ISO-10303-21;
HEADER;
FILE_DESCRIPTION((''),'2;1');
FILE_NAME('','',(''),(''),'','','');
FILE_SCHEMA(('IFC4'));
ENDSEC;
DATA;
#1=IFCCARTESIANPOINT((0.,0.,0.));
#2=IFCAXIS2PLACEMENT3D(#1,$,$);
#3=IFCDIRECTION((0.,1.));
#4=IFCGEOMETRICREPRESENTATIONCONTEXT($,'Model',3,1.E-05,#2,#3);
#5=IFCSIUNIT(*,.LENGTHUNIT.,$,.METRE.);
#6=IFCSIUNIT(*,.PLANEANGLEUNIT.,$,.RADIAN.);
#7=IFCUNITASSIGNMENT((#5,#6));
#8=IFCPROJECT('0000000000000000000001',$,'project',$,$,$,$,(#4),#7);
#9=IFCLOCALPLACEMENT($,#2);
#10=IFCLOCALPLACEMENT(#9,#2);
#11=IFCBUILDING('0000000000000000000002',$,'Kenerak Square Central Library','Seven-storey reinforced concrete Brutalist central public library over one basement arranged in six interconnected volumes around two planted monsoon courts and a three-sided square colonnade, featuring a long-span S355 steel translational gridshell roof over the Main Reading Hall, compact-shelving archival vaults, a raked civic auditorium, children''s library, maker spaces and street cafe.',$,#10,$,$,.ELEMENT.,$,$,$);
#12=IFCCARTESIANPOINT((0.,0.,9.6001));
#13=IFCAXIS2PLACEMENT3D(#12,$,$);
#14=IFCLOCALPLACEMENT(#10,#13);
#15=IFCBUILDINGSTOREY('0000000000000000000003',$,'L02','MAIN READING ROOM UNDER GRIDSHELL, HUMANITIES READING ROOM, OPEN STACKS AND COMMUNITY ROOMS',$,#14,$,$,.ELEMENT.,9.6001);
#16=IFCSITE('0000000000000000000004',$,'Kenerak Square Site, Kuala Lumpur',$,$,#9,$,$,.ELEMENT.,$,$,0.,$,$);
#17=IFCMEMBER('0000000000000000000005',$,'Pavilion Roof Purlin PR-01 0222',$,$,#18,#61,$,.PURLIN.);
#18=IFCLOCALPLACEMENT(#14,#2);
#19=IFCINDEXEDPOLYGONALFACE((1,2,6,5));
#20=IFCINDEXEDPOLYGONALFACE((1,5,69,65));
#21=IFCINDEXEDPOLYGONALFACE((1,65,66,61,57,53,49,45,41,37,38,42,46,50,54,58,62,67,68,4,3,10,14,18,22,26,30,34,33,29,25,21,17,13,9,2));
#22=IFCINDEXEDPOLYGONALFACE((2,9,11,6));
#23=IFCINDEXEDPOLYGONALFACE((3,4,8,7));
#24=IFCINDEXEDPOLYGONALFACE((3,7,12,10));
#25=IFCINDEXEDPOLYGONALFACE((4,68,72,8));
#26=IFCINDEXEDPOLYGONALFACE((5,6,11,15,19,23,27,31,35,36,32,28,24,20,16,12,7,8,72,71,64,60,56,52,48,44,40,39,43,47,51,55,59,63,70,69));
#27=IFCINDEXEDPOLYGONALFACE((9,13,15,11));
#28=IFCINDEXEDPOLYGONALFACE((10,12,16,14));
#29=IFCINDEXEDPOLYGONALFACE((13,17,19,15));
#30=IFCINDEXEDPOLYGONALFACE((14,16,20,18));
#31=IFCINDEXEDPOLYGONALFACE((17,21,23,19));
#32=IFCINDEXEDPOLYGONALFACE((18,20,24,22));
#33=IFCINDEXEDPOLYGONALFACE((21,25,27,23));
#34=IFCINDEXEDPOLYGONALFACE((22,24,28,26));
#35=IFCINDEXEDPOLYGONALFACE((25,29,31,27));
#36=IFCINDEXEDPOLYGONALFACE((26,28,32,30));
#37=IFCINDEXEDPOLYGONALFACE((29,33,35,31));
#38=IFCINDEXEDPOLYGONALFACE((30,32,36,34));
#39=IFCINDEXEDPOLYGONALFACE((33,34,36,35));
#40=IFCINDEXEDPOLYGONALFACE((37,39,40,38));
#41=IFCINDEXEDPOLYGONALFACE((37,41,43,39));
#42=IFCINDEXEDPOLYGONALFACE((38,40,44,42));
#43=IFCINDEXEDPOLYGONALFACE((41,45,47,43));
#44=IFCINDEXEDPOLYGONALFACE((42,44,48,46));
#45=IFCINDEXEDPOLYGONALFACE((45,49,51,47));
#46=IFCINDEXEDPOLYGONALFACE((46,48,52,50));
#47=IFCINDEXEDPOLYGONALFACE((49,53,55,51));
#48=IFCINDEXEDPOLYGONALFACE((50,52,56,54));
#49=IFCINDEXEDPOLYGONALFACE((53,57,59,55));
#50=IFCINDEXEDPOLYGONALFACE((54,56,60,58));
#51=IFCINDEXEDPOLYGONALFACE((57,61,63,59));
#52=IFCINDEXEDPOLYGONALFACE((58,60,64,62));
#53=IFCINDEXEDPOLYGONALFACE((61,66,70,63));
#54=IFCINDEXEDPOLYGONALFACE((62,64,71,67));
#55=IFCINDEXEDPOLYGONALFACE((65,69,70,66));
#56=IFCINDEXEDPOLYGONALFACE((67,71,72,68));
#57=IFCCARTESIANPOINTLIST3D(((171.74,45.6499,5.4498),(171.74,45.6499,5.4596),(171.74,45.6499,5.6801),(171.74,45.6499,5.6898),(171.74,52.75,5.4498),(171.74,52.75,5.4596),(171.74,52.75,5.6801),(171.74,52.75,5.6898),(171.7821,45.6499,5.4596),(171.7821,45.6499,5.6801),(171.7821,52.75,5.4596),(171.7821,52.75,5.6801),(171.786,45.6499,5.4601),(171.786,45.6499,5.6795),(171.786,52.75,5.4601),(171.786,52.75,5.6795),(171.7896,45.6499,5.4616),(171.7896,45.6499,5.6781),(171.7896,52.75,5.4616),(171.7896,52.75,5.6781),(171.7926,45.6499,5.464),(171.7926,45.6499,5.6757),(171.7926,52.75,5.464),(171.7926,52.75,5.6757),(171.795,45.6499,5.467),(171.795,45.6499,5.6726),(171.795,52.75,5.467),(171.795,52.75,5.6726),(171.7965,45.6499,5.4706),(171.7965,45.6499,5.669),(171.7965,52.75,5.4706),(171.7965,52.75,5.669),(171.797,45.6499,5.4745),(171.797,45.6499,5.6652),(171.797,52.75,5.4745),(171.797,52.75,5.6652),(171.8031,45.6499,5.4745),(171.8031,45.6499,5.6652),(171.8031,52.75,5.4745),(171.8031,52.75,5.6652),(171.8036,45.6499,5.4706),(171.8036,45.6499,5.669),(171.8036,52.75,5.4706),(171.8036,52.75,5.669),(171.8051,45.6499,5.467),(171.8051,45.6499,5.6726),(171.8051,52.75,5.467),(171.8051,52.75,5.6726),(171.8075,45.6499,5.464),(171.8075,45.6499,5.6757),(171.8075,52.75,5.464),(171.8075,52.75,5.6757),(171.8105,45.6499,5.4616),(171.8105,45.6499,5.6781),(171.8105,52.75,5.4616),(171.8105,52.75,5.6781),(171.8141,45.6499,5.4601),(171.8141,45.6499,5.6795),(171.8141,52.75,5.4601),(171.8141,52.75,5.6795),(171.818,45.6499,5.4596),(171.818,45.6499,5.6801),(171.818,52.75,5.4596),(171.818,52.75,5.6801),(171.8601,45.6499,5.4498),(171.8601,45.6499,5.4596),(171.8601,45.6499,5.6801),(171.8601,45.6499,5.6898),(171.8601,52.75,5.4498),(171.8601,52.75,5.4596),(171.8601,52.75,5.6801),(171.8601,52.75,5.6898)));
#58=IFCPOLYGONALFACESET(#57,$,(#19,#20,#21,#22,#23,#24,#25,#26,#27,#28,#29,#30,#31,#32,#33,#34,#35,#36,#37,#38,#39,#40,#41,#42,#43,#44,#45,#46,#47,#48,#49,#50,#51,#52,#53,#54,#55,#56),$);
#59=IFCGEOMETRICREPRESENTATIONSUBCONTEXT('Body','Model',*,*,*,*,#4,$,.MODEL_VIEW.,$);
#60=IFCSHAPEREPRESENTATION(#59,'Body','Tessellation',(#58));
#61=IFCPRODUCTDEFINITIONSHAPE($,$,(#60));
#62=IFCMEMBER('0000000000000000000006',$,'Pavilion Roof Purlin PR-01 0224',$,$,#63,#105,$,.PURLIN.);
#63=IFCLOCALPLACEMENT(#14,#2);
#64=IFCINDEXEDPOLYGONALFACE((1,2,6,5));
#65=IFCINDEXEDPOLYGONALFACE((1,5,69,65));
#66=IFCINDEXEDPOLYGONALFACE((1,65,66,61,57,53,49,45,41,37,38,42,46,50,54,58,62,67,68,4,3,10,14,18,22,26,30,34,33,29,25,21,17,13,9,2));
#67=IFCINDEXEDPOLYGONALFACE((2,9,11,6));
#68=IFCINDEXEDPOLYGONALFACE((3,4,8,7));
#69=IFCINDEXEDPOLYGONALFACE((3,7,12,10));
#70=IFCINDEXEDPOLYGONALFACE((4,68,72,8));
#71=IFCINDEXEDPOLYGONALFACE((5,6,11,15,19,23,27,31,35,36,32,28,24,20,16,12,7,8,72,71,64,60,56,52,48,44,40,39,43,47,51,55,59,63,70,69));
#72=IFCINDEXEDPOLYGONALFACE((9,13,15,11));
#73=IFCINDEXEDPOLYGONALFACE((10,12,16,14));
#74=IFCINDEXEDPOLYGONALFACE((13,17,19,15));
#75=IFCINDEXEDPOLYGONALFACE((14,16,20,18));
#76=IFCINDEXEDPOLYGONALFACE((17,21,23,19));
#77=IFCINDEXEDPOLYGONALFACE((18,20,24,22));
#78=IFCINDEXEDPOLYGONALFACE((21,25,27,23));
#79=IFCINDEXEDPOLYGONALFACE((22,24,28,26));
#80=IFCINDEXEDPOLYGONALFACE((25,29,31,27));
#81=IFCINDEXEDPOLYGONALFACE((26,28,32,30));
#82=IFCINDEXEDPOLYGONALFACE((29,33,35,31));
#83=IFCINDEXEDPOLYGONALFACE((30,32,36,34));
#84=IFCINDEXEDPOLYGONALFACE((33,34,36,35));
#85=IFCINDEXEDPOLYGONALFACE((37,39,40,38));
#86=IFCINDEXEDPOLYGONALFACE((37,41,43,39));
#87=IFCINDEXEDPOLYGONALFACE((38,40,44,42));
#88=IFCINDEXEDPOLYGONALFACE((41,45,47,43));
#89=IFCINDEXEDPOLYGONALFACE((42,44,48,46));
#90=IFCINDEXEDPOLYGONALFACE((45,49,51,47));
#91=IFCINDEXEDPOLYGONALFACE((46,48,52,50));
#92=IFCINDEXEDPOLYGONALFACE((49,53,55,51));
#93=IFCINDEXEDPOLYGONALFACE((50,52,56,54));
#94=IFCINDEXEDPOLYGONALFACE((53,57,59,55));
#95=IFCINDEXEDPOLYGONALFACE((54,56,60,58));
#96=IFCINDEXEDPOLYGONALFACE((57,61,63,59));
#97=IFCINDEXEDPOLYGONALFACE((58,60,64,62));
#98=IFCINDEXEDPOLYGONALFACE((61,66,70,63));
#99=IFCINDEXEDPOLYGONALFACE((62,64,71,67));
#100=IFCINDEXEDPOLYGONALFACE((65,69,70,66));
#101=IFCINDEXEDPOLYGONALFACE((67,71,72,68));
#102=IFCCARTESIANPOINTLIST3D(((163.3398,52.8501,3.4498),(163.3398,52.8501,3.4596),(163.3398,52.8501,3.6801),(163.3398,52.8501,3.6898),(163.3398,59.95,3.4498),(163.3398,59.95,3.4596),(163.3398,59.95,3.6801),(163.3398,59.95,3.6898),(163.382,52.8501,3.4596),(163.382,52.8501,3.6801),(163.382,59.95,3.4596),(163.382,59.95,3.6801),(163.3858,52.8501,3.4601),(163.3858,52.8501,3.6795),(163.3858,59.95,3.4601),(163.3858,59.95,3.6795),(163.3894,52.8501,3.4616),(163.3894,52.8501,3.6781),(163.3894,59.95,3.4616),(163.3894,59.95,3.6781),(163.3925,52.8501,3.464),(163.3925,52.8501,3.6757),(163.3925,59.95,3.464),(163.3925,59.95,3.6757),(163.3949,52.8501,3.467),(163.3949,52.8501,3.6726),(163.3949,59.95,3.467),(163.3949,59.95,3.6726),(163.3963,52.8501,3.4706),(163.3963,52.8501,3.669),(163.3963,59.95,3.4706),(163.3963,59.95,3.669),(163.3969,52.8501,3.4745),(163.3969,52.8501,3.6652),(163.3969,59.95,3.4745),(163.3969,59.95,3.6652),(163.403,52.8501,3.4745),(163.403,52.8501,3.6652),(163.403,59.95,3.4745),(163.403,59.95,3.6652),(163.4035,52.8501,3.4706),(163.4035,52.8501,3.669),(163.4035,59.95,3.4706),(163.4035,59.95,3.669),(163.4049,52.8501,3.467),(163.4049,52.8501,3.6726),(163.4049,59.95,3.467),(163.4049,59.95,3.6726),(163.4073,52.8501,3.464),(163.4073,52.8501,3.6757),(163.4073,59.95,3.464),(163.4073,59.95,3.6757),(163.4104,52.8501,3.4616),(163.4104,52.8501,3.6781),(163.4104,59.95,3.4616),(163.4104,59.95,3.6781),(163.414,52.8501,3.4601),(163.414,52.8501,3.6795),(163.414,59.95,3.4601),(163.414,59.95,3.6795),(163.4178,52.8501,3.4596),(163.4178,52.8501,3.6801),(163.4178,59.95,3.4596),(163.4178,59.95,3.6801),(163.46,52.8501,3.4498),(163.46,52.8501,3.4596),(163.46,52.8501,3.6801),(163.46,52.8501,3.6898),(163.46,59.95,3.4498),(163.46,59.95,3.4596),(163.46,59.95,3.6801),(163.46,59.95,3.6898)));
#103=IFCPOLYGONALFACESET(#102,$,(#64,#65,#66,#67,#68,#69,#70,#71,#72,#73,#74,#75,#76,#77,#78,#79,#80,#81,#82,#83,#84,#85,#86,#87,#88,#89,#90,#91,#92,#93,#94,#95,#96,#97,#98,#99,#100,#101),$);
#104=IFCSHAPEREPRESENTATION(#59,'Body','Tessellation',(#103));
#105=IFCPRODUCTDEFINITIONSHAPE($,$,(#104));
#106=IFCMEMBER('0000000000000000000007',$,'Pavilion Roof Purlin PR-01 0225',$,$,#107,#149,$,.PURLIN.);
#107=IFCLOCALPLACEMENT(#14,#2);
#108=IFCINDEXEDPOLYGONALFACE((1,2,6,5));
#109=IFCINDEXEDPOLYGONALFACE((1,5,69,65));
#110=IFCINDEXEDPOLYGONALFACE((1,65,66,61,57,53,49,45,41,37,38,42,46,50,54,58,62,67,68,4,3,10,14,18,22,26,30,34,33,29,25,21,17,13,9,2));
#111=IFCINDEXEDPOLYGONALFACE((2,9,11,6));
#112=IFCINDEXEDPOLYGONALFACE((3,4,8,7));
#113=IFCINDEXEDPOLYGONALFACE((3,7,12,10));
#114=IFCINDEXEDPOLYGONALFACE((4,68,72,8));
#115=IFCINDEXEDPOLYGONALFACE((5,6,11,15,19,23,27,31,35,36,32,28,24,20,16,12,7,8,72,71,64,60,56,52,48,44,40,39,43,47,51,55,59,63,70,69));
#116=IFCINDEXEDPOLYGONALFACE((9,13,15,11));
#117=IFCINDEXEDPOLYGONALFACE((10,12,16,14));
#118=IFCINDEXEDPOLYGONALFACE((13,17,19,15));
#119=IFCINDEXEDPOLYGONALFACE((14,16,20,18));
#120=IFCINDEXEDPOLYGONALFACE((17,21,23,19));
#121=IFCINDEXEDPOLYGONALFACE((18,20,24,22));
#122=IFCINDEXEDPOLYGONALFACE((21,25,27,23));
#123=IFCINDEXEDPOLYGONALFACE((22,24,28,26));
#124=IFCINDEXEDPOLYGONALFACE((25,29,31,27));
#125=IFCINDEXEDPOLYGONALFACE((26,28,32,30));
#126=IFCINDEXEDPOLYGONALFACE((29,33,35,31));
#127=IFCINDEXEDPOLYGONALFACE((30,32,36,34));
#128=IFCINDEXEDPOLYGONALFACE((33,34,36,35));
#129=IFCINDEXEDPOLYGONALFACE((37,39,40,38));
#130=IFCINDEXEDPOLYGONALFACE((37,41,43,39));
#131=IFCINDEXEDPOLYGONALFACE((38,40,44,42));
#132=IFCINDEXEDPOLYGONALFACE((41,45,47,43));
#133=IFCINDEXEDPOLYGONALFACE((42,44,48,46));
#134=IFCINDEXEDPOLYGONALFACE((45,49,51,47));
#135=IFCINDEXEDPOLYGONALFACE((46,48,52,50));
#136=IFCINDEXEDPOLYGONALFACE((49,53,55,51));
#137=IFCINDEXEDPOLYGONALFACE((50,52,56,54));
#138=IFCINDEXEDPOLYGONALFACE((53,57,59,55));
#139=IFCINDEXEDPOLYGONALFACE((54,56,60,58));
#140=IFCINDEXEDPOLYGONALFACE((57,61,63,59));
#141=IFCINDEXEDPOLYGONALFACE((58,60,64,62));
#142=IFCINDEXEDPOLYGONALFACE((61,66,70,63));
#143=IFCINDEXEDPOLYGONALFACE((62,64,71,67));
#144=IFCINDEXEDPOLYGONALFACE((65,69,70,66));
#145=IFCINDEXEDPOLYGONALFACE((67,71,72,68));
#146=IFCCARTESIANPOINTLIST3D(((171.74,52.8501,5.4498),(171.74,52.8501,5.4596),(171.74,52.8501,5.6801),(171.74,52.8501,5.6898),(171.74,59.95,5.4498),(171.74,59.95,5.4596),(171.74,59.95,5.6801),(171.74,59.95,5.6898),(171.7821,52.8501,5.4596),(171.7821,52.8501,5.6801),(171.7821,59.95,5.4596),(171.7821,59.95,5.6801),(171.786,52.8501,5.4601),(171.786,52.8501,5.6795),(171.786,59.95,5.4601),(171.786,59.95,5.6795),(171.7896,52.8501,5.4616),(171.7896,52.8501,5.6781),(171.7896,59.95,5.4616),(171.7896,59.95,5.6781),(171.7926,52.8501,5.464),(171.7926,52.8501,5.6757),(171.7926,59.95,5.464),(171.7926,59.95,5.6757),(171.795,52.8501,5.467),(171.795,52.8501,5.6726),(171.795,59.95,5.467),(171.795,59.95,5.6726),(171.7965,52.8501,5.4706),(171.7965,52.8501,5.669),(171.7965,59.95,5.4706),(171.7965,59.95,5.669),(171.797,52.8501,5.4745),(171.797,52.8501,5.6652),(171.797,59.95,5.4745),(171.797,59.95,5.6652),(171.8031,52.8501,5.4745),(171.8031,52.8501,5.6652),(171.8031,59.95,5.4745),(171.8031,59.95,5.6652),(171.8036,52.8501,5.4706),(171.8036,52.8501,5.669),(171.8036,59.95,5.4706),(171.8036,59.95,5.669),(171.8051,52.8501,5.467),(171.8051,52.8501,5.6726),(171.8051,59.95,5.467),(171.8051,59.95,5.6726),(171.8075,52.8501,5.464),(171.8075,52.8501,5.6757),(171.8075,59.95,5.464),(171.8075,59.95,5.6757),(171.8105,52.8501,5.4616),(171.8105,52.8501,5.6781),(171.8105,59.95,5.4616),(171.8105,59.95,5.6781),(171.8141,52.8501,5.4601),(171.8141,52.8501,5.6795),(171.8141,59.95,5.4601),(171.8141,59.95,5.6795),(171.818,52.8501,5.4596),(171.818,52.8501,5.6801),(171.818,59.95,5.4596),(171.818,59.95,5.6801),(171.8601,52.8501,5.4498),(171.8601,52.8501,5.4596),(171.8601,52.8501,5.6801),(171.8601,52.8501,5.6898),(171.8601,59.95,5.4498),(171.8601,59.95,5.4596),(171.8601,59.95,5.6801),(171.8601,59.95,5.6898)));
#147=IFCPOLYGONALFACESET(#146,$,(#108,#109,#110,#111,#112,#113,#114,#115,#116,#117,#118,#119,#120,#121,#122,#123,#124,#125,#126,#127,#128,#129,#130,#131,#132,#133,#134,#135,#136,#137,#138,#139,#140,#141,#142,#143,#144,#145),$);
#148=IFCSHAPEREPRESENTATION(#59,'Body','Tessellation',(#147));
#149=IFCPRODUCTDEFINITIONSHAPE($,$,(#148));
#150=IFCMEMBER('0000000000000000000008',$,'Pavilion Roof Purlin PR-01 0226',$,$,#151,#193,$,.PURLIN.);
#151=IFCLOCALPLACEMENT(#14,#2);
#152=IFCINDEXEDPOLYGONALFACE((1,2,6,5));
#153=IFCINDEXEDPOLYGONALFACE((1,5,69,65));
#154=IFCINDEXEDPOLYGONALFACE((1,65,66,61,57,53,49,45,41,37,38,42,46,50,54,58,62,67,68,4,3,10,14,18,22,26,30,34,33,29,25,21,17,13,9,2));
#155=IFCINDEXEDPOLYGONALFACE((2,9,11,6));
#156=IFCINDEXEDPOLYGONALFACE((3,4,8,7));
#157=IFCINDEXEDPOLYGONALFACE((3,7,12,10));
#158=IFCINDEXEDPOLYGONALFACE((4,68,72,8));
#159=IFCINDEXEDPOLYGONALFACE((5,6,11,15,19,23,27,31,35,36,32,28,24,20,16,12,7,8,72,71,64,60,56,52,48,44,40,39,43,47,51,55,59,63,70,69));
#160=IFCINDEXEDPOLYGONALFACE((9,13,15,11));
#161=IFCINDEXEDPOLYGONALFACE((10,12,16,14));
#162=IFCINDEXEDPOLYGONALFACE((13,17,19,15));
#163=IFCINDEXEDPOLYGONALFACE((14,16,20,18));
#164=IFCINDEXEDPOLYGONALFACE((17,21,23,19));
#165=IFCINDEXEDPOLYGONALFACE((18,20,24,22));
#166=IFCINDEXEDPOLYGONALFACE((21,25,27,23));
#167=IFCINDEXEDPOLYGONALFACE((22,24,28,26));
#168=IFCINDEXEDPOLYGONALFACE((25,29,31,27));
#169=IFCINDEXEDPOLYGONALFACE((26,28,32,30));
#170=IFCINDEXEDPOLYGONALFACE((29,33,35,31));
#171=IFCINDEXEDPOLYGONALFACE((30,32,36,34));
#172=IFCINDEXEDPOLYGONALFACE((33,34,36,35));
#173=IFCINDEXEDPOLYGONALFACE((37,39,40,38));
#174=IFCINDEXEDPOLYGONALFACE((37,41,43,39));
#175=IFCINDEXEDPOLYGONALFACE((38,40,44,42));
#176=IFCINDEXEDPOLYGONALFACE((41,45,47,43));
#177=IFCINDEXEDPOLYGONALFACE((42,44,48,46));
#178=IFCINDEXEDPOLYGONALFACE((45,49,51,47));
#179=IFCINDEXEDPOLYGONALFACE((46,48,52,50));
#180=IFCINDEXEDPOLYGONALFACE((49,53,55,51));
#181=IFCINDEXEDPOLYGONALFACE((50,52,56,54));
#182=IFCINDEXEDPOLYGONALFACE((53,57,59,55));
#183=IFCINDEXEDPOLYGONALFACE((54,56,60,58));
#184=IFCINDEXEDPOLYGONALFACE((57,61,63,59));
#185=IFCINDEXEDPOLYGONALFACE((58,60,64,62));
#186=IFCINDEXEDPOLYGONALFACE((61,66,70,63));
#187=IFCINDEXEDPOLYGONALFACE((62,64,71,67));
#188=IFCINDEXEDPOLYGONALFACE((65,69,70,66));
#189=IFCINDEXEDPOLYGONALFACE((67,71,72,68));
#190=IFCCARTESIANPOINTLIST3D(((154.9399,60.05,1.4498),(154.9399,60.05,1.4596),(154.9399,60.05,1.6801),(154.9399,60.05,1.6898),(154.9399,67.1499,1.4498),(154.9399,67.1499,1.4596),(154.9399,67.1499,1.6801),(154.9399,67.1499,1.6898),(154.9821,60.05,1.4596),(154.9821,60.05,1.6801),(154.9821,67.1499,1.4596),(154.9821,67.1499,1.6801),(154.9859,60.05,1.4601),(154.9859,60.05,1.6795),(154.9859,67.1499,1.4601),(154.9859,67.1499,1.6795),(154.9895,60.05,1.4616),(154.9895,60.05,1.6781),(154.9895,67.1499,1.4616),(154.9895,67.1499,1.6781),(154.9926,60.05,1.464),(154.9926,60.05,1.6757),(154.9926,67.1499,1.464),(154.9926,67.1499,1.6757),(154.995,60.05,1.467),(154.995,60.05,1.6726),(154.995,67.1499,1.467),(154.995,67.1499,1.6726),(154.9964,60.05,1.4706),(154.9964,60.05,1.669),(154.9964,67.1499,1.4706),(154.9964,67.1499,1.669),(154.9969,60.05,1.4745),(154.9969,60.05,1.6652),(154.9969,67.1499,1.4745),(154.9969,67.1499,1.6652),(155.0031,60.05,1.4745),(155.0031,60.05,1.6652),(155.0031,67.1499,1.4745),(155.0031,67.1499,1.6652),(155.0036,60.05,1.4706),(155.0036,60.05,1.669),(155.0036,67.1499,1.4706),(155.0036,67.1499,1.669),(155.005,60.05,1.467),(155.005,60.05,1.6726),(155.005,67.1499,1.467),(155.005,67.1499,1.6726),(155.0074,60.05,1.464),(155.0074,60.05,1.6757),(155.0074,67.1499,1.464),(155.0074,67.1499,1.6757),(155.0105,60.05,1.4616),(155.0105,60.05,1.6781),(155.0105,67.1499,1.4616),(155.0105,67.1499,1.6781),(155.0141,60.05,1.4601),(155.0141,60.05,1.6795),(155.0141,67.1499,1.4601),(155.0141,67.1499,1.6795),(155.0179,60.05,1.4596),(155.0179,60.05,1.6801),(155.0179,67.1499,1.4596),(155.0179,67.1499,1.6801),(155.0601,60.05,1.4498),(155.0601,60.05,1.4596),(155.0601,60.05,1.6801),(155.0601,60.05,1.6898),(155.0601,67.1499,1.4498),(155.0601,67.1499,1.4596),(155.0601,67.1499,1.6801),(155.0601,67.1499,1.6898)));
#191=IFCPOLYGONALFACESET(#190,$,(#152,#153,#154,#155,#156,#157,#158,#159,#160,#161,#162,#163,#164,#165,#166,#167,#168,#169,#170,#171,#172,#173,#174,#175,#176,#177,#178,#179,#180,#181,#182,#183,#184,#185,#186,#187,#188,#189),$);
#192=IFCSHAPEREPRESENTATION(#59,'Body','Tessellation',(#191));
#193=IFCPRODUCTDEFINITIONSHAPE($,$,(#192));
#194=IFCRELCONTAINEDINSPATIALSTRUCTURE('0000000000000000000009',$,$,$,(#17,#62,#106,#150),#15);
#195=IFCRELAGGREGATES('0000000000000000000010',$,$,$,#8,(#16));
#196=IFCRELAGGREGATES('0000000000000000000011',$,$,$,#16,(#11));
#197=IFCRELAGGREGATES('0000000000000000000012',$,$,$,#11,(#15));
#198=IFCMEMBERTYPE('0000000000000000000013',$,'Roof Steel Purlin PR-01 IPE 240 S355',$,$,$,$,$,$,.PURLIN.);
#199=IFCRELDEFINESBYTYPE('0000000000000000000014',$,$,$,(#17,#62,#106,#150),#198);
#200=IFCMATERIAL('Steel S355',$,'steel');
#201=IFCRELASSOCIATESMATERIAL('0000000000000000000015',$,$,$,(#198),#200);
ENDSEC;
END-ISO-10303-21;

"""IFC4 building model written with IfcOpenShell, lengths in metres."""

from ifc_helpers import new_model, si_unit, direction, frame, origin, origin_2d, place, context, subcontext, project, spatial, i_section, extrude, material, material_profile, profile_set, type_object, element, save


model = new_model("IFC4")

# Units and contexts
model_context = context("Model", 3, precision=1e-05, world=origin(), true_north=direction((0.0, 1.0)))
body_context = subcontext(model_context, "Body", "Model", "MODEL_VIEW")
ifc_project = project(units=[si_unit("LENGTHUNIT", "METRE"), si_unit("PLANEANGLEUNIT", "RADIAN")], contexts=[model_context])

# Site, building, storey
site_placement = place(None, origin())
site = spatial("IfcSite", under=ifc_project, at=site_placement, Name="Kenerak Square Site, Kuala Lumpur", CompositionType="ELEMENT", RefElevation=0.0)
building_placement = place(site_placement, origin())
building = spatial("IfcBuilding", under=site, at=building_placement, Name="Kenerak Square Central Library", Description="Seven-storey reinforced concrete Brutalist central public library over one basement arranged in six interconnected volumes around two planted monsoon courts and a three-sided square colonnade, featuring a long-span S355 steel translational gridshell roof over the Main Reading Hall, compact-shelving archival vaults, a raked civic auditorium, children's library, maker spaces and street cafe.", CompositionType="ELEMENT")
storey_placement = place(building_placement, frame((0.0, 0.0, 9.6001)))
storey = spatial("IfcBuildingStorey", under=building, at=storey_placement, Name="L02", Description="MAIN READING ROOM UNDER GRIDSHELL, HUMANITIES READING ROOM, OPEN STACKS AND COMMUNITY ROOMS", CompositionType="ELEMENT", Elevation=9.6001)

# Shared definitions
ifc_material_1 = material(Name="Steel S355", Category="steel")

# Members
ifc_material_profile_1 = material_profile(ifc_material_1, i_section(OverallWidth=0.1201, OverallDepth=0.24, WebThickness=0.0061, FlangeThickness=0.0098, FilletRadius=0.0149, at=origin_2d()), Name="IPE 240")
ifc_profile_set_1 = profile_set([ifc_material_profile_1], Name="Steel S355")
member_type = type_object("IfcMemberType", Name="Roof Steel Purlin PR-01 IPE 240 S355", PredefinedType="PURLIN", material=ifc_profile_set_1)
for number, where, z_axis, x_axis, name in (
    (1, (171.8, 45.6499, 5.5698), (0.0, 1.0, 0.0), (-1.0, 0.0, 0.0), "Pavilion Roof Purlin PR-01 0222"),
):
    element("IfcMember", number, at=place(storey_placement, frame(where, z_axis=z_axis, x_axis=x_axis)), inside=storey, type_object=member_type, Name=name, PredefinedType="PURLIN", context=body_context, shape_type="SweptSolid", body=[
        extrude(i_section(OverallWidth=0.1201, OverallDepth=0.24, WebThickness=0.0061, FlangeThickness=0.0098, FilletRadius=0.0149, at=origin_2d()), origin(), (0.0, 0.0, 1.0), 7.1001),
    ])
for number, where, z_axis, x_axis, name in (
    (2, (163.3999, 52.8501, 3.5698), (0.0, 1.0, 0.0), (-1.0, 0.0, 0.0), "Pavilion Roof Purlin PR-01 0224"),
    (3, (171.8, 52.8501, 5.5698), (0.0, 1.0, 0.0), (-1.0, 0.0, 0.0), "Pavilion Roof Purlin PR-01 0225"),
    (4, (155.0, 60.05, 1.5698), (0.0, 1.0, 0.0), (-1.0, 0.0, 0.0), "Pavilion Roof Purlin PR-01 0226"),
):
    element("IfcMember", number, at=place(storey_placement, frame(where, z_axis=z_axis, x_axis=x_axis)), inside=storey, type_object=member_type, Name=name, PredefinedType="PURLIN", context=body_context, shape_type="SweptSolid", body=[
        extrude(i_section(OverallWidth=0.1201, OverallDepth=0.24, WebThickness=0.0061, FlangeThickness=0.0098, FilletRadius=0.0149, at=origin_2d()), origin(), (0.0, 0.0, 1.0), 7.0999),
    ])

save(model, "model.ifc")
